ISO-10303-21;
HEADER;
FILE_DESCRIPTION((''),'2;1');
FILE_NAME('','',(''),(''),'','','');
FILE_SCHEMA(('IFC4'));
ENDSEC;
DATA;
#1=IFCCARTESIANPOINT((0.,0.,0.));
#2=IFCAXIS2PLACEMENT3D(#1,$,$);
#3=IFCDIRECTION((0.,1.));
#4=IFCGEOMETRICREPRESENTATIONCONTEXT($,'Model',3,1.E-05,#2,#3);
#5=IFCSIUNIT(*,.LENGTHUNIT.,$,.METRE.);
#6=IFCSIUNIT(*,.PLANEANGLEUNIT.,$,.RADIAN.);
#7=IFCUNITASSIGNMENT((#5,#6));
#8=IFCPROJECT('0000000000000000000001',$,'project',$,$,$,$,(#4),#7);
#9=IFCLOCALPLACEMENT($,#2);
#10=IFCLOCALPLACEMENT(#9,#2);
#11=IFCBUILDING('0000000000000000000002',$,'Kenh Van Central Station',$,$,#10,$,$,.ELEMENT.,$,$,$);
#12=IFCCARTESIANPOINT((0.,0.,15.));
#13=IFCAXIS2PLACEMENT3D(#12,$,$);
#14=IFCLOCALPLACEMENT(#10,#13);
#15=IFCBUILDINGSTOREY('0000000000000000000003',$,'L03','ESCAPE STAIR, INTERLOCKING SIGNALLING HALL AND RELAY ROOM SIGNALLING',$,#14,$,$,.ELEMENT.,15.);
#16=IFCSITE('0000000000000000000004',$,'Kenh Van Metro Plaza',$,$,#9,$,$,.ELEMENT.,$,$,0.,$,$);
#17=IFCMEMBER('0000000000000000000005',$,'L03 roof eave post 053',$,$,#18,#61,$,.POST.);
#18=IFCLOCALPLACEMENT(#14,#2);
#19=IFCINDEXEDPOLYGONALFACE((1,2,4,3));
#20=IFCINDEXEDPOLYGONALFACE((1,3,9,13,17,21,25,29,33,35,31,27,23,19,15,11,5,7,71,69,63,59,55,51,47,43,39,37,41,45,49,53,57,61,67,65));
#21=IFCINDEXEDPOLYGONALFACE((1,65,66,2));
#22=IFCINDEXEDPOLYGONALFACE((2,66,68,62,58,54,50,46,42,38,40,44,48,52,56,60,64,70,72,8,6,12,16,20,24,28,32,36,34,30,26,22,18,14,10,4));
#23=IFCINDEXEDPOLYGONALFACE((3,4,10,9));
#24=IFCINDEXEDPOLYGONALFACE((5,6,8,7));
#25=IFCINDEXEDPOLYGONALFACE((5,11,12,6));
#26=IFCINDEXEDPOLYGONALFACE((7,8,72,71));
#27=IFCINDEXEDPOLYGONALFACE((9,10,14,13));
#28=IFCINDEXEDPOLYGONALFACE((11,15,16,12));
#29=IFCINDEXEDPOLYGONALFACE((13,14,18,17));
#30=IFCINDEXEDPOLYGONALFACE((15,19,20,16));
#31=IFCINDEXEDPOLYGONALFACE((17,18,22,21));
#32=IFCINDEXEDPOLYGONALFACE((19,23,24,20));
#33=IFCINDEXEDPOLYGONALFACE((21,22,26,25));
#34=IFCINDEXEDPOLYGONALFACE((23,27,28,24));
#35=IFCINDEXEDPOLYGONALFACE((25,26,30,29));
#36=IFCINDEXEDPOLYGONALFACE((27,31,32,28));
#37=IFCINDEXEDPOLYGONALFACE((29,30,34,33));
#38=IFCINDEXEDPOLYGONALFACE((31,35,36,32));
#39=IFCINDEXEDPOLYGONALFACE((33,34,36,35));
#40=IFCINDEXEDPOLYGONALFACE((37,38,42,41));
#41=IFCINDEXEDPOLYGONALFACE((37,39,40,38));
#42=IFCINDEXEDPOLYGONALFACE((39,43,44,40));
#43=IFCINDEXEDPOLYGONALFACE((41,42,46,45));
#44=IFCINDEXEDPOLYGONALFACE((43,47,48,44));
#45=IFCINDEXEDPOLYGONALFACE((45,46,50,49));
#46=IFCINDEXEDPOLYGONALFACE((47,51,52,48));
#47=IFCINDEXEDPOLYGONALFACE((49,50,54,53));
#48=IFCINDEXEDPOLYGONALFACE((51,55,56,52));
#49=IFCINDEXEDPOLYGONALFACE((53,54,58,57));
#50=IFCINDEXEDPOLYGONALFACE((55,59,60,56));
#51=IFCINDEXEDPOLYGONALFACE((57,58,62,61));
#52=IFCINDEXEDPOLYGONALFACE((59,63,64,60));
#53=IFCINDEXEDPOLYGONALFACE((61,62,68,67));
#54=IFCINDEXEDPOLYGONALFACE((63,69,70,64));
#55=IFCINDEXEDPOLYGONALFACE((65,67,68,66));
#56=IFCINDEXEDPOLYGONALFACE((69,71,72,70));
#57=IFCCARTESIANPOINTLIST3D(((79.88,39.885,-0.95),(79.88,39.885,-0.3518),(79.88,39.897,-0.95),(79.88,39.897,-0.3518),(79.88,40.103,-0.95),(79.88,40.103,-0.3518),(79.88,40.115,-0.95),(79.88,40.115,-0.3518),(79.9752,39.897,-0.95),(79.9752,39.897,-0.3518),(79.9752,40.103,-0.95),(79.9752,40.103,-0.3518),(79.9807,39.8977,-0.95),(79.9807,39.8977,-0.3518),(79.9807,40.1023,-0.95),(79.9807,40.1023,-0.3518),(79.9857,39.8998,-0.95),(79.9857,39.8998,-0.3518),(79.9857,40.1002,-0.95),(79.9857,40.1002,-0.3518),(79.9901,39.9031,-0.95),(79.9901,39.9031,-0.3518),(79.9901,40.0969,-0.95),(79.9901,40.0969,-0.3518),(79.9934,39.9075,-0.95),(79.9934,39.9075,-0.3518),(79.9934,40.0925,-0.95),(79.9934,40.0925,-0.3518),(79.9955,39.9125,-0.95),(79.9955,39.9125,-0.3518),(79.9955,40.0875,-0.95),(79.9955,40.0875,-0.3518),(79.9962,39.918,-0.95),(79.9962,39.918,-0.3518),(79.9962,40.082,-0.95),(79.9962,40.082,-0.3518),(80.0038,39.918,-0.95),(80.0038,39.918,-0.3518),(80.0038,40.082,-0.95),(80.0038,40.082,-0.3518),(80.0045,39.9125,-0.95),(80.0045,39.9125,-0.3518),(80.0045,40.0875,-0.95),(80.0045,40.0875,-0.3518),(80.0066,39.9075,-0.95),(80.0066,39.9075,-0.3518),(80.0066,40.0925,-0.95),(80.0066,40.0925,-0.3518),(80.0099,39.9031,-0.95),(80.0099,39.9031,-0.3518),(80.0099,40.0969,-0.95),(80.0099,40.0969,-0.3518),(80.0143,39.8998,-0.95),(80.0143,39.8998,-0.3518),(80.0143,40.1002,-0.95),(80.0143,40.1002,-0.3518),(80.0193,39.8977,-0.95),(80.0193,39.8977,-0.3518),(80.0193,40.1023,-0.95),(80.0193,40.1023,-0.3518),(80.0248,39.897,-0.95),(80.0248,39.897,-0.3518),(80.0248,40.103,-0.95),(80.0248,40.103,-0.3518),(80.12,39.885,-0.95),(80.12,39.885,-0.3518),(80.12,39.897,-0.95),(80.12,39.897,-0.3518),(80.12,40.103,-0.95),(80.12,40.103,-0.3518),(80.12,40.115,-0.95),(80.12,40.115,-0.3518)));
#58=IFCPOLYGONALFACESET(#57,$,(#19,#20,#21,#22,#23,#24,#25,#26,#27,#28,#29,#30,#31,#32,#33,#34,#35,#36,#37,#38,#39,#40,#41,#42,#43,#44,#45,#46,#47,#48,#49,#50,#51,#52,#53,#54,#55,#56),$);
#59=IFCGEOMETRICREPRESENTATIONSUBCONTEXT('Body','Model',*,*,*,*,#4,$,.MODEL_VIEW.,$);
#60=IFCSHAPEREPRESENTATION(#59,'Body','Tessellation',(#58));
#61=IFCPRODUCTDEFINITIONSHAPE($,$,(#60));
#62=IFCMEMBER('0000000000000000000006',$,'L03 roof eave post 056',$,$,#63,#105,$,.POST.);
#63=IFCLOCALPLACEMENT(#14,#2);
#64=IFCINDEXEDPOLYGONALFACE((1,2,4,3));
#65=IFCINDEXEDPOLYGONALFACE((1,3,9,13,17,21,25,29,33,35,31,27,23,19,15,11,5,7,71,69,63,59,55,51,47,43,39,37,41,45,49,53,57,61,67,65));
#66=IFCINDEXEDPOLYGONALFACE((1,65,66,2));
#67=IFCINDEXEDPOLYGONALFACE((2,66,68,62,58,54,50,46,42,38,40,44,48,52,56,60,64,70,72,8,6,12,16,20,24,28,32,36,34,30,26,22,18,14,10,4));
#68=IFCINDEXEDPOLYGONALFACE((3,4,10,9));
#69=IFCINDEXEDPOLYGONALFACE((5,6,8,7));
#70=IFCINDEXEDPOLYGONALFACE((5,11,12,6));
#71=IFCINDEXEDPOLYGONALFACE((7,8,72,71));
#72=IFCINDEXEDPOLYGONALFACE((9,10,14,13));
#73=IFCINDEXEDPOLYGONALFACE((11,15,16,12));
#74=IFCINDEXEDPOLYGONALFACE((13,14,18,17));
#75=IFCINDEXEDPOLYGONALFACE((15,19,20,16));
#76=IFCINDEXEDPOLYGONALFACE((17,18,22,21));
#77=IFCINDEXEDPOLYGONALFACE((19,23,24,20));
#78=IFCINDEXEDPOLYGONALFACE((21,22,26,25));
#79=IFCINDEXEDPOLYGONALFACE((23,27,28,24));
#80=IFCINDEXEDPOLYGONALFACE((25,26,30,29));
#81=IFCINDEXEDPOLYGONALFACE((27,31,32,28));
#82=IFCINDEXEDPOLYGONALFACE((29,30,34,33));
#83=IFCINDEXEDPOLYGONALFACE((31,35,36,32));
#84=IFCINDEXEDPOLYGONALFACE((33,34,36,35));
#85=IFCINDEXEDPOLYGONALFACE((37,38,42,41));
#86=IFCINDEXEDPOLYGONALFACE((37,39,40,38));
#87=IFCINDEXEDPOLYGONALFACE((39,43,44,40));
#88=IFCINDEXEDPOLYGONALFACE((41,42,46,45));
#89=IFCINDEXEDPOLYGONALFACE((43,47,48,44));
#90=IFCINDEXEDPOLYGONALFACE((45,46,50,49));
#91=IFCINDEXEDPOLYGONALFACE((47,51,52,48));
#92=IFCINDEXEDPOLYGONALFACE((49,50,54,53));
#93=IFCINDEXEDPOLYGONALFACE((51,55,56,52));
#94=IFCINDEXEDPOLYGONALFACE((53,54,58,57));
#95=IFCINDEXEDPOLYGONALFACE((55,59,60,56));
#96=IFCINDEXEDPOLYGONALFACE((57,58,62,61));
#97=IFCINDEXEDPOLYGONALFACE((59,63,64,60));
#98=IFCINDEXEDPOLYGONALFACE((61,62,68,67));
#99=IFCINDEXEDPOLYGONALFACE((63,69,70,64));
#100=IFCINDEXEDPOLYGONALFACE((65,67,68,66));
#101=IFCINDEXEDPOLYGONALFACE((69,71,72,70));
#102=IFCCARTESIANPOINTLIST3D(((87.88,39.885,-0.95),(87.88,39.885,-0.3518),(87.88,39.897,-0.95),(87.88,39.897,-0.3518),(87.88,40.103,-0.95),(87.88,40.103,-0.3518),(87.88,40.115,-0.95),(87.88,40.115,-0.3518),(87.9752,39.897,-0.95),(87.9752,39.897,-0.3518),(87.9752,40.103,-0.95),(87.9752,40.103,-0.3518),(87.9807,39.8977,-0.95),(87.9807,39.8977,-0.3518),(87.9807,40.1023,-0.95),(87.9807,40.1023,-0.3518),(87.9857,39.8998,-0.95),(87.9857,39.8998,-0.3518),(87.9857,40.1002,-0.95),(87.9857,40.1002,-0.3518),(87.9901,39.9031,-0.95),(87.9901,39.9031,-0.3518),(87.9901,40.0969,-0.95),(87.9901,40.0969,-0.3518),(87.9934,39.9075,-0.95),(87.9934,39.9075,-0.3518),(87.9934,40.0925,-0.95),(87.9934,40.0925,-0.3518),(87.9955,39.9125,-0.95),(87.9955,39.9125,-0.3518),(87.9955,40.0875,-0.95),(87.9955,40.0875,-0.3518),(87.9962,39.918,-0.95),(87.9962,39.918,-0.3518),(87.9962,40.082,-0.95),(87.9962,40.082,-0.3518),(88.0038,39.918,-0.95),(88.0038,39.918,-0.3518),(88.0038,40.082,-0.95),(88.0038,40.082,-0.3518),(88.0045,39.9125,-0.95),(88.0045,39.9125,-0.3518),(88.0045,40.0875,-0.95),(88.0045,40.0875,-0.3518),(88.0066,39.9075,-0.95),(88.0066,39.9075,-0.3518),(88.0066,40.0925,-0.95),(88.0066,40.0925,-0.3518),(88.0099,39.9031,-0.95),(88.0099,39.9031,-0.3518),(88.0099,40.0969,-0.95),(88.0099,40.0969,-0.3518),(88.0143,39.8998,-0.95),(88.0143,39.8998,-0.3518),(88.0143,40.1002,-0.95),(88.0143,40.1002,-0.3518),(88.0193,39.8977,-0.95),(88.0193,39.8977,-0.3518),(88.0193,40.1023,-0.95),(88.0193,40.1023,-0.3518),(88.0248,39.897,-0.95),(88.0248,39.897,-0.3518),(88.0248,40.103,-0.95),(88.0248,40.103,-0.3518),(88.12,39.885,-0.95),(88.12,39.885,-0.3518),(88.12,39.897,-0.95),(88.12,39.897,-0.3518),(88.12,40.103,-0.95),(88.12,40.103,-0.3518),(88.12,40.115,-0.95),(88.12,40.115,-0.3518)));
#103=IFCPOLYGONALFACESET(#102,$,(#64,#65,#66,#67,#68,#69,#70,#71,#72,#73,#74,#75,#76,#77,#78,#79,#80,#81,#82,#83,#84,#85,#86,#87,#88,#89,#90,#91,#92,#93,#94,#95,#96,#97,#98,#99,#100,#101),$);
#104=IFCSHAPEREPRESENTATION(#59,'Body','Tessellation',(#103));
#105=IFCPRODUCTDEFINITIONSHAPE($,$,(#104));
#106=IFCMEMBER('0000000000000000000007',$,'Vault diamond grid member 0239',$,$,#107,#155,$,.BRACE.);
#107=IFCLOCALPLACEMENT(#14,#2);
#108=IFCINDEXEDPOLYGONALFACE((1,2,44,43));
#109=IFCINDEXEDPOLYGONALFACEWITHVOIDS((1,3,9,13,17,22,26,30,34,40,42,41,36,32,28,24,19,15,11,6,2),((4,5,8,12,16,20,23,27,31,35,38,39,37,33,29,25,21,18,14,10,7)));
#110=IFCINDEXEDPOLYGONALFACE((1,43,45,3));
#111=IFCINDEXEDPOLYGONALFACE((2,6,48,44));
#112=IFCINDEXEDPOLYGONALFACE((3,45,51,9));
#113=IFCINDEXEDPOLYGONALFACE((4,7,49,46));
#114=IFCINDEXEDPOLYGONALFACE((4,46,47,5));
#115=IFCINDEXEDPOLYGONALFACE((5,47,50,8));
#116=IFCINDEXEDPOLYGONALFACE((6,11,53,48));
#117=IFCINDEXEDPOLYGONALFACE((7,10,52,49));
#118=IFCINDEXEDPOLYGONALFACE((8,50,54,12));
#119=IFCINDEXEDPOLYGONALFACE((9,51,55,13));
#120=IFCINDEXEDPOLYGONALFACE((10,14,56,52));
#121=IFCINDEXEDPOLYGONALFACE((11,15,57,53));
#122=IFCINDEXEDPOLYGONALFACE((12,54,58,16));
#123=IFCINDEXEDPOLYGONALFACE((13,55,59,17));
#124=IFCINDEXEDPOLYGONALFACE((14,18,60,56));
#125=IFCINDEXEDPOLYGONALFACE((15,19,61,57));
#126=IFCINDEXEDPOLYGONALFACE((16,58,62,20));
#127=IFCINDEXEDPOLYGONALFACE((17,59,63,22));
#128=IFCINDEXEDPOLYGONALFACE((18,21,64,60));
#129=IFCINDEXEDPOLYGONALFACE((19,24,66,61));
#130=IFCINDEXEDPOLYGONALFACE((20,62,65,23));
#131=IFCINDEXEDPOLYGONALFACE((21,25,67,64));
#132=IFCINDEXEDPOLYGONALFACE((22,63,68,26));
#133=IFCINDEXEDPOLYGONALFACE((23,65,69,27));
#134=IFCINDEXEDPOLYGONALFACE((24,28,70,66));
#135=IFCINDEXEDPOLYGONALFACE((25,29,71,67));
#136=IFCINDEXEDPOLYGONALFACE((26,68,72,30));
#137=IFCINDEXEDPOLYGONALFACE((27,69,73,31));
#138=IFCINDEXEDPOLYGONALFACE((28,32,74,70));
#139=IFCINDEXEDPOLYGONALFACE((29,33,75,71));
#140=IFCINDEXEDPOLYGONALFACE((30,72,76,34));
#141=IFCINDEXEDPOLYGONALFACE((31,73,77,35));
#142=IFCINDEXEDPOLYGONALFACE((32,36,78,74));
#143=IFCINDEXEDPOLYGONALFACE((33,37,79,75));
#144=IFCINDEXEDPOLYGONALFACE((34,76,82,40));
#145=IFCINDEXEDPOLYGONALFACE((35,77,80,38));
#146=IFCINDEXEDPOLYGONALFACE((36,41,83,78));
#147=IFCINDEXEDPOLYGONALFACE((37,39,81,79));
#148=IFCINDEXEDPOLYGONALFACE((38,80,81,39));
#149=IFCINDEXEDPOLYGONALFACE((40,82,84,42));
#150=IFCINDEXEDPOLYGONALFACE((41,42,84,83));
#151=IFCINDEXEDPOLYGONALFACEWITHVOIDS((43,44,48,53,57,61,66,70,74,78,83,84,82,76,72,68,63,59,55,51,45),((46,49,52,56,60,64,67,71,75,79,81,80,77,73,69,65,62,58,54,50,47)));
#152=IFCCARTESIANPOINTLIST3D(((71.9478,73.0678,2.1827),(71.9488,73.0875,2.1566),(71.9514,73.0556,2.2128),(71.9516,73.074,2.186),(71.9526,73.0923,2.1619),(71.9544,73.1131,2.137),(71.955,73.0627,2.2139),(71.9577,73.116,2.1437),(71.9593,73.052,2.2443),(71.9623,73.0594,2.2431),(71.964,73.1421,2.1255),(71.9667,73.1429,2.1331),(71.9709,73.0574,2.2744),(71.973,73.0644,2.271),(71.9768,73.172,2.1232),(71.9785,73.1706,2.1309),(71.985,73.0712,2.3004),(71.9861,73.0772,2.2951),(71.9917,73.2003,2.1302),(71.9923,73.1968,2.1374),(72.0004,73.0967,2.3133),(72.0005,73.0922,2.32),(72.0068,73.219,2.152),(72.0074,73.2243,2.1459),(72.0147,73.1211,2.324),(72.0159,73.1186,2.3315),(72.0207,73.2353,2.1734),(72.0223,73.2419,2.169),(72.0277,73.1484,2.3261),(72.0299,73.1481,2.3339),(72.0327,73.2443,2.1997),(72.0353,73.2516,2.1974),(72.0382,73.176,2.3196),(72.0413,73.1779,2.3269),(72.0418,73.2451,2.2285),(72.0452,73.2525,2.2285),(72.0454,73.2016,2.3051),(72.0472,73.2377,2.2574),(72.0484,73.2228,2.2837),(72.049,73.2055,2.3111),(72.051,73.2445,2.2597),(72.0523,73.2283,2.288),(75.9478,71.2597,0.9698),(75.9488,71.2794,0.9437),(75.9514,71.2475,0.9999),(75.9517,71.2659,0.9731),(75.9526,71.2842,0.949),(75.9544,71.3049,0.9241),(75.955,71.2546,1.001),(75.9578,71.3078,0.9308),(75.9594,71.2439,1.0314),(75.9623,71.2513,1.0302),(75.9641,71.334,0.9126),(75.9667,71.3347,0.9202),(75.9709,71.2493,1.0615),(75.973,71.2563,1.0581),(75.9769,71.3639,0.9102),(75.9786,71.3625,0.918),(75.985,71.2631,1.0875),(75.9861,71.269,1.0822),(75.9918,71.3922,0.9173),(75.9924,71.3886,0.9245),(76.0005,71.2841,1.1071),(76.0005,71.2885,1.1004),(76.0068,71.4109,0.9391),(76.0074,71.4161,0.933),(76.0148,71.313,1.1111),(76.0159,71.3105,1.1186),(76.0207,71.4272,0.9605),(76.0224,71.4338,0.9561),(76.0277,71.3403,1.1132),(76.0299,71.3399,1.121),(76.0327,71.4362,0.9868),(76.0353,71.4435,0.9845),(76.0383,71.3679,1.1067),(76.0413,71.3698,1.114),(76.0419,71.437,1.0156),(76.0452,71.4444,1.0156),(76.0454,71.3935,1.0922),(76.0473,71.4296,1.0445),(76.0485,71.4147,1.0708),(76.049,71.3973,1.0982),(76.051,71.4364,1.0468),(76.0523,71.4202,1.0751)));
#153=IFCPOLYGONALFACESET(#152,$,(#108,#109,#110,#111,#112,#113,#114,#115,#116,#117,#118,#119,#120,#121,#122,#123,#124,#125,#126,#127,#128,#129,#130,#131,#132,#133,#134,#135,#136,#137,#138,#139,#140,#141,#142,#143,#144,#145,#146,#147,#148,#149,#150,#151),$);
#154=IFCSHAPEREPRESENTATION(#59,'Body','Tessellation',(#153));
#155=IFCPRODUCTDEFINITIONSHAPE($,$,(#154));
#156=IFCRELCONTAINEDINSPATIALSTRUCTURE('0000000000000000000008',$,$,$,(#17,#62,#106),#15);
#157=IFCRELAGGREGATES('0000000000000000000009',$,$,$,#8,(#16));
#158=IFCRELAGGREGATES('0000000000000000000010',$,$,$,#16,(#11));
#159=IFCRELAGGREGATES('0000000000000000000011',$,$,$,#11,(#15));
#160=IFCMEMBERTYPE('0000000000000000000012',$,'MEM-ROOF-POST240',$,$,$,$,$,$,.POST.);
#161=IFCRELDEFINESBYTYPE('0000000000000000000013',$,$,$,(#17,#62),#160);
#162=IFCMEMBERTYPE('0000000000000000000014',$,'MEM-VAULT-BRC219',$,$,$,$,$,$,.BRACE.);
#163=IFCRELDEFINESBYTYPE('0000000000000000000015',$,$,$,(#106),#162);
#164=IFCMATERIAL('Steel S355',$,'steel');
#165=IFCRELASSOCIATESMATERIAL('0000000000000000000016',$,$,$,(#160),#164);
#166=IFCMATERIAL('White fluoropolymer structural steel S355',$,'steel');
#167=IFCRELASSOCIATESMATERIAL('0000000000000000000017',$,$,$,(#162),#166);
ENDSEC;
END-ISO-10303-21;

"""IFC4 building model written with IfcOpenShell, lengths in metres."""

from ifc_helpers import new_model, si_unit, direction, frame, origin, origin_2d, place, context, subcontext, project, spatial, hollow_circle, i_section, extrude, material, material_profile, profile_set, type_object, element, save


model = new_model("IFC4")

# Units and contexts
model_context = context("Model", 3, precision=1e-05, world=origin(), true_north=direction((0.0, 1.0)))
body_context = subcontext(model_context, "Body", "Model", "MODEL_VIEW")
ifc_project = project(units=[si_unit("LENGTHUNIT", "METRE"), si_unit("PLANEANGLEUNIT", "RADIAN")], contexts=[model_context])

# Site, building, storey
site_placement = place(None, origin())
site = spatial("IfcSite", under=ifc_project, at=site_placement, Name="Kenh Van Metro Plaza", CompositionType="ELEMENT", RefElevation=0.0)
building_placement = place(site_placement, origin())
building = spatial("IfcBuilding", under=site, at=building_placement, Name="Kenh Van Central Station", CompositionType="ELEMENT")
storey_placement = place(building_placement, frame((0.0, 0.0, 15.0)))
storey = spatial("IfcBuildingStorey", under=building, at=storey_placement, Name="L03", Description="ESCAPE STAIR, INTERLOCKING SIGNALLING HALL AND RELAY ROOM SIGNALLING", CompositionType="ELEMENT", Elevation=15.0)

# Shared definitions
ifc_material_1 = material(Name="Steel S355", Category="steel")
ifc_material_2 = material(Name="White fluoropolymer structural steel S355", Category="steel")

# Members
ifc_material_profile_1 = material_profile(ifc_material_1, i_section(OverallWidth=0.24, OverallDepth=0.23, WebThickness=0.0076, FlangeThickness=0.012, FilletRadius=0.021, at=origin_2d()), Name="HEA 240")
ifc_profile_set_1 = profile_set([ifc_material_profile_1], Name="Steel S355")
member_type_1 = type_object("IfcMemberType", Name="MEM-ROOF-POST240", PredefinedType="POST", material=ifc_profile_set_1)
for number, where, z_axis, x_axis, name in (
    (1, (80.0, 40.0, -0.95), (0.0, 0.0, 1.0), (1.0, 0.0, 0.0), "L03 roof eave post 053"),
    (2, (88.0, 40.0, -0.95), (0.0, 0.0, 1.0), (1.0, 0.0, 0.0), "L03 roof eave post 056"),
):
    element("IfcMember", number, at=place(storey_placement, frame(where, z_axis=z_axis, x_axis=x_axis)), inside=storey, type_object=member_type_1, Name=name, PredefinedType="POST", context=body_context, shape_type="SweptSolid", body=[
        extrude(i_section(OverallWidth=0.24, OverallDepth=0.23, WebThickness=0.0076, FlangeThickness=0.012, FilletRadius=0.021, at=origin_2d()), origin(), (0.0, 0.0, 1.0), 0.5981),
    ])
ifc_material_profile_2 = material_profile(ifc_material_2, hollow_circle(Radius=0.1096, WallThickness=0.0081, at=origin_2d()), Name="CHS 219.1x8")
ifc_profile_set_2 = profile_set([ifc_material_profile_2], Name="White fluoropolymer structural steel S355")
member_type_2 = type_object("IfcMemberType", Name="MEM-VAULT-BRC219", PredefinedType="BRACE", material=ifc_profile_set_2)
member_1_placement = place(storey_placement, frame((72.0, 73.1526, 2.2285), z_axis=(0.878318, -0.397023, -0.266326), x_axis=(0.4119, 0.911229, 0.0)))
element("IfcMember", 3, at=member_1_placement, inside=storey, type_object=member_type_2, Name="Vault diamond grid member 0239", PredefinedType="BRACE", context=body_context, shape_type="SweptSolid", body=[
    extrude(hollow_circle(Radius=0.1096, WallThickness=0.0081, at=origin_2d()), origin(), (0.0, 0.0, 1.0), 4.5542),
])

save(model, "model.ifc")
